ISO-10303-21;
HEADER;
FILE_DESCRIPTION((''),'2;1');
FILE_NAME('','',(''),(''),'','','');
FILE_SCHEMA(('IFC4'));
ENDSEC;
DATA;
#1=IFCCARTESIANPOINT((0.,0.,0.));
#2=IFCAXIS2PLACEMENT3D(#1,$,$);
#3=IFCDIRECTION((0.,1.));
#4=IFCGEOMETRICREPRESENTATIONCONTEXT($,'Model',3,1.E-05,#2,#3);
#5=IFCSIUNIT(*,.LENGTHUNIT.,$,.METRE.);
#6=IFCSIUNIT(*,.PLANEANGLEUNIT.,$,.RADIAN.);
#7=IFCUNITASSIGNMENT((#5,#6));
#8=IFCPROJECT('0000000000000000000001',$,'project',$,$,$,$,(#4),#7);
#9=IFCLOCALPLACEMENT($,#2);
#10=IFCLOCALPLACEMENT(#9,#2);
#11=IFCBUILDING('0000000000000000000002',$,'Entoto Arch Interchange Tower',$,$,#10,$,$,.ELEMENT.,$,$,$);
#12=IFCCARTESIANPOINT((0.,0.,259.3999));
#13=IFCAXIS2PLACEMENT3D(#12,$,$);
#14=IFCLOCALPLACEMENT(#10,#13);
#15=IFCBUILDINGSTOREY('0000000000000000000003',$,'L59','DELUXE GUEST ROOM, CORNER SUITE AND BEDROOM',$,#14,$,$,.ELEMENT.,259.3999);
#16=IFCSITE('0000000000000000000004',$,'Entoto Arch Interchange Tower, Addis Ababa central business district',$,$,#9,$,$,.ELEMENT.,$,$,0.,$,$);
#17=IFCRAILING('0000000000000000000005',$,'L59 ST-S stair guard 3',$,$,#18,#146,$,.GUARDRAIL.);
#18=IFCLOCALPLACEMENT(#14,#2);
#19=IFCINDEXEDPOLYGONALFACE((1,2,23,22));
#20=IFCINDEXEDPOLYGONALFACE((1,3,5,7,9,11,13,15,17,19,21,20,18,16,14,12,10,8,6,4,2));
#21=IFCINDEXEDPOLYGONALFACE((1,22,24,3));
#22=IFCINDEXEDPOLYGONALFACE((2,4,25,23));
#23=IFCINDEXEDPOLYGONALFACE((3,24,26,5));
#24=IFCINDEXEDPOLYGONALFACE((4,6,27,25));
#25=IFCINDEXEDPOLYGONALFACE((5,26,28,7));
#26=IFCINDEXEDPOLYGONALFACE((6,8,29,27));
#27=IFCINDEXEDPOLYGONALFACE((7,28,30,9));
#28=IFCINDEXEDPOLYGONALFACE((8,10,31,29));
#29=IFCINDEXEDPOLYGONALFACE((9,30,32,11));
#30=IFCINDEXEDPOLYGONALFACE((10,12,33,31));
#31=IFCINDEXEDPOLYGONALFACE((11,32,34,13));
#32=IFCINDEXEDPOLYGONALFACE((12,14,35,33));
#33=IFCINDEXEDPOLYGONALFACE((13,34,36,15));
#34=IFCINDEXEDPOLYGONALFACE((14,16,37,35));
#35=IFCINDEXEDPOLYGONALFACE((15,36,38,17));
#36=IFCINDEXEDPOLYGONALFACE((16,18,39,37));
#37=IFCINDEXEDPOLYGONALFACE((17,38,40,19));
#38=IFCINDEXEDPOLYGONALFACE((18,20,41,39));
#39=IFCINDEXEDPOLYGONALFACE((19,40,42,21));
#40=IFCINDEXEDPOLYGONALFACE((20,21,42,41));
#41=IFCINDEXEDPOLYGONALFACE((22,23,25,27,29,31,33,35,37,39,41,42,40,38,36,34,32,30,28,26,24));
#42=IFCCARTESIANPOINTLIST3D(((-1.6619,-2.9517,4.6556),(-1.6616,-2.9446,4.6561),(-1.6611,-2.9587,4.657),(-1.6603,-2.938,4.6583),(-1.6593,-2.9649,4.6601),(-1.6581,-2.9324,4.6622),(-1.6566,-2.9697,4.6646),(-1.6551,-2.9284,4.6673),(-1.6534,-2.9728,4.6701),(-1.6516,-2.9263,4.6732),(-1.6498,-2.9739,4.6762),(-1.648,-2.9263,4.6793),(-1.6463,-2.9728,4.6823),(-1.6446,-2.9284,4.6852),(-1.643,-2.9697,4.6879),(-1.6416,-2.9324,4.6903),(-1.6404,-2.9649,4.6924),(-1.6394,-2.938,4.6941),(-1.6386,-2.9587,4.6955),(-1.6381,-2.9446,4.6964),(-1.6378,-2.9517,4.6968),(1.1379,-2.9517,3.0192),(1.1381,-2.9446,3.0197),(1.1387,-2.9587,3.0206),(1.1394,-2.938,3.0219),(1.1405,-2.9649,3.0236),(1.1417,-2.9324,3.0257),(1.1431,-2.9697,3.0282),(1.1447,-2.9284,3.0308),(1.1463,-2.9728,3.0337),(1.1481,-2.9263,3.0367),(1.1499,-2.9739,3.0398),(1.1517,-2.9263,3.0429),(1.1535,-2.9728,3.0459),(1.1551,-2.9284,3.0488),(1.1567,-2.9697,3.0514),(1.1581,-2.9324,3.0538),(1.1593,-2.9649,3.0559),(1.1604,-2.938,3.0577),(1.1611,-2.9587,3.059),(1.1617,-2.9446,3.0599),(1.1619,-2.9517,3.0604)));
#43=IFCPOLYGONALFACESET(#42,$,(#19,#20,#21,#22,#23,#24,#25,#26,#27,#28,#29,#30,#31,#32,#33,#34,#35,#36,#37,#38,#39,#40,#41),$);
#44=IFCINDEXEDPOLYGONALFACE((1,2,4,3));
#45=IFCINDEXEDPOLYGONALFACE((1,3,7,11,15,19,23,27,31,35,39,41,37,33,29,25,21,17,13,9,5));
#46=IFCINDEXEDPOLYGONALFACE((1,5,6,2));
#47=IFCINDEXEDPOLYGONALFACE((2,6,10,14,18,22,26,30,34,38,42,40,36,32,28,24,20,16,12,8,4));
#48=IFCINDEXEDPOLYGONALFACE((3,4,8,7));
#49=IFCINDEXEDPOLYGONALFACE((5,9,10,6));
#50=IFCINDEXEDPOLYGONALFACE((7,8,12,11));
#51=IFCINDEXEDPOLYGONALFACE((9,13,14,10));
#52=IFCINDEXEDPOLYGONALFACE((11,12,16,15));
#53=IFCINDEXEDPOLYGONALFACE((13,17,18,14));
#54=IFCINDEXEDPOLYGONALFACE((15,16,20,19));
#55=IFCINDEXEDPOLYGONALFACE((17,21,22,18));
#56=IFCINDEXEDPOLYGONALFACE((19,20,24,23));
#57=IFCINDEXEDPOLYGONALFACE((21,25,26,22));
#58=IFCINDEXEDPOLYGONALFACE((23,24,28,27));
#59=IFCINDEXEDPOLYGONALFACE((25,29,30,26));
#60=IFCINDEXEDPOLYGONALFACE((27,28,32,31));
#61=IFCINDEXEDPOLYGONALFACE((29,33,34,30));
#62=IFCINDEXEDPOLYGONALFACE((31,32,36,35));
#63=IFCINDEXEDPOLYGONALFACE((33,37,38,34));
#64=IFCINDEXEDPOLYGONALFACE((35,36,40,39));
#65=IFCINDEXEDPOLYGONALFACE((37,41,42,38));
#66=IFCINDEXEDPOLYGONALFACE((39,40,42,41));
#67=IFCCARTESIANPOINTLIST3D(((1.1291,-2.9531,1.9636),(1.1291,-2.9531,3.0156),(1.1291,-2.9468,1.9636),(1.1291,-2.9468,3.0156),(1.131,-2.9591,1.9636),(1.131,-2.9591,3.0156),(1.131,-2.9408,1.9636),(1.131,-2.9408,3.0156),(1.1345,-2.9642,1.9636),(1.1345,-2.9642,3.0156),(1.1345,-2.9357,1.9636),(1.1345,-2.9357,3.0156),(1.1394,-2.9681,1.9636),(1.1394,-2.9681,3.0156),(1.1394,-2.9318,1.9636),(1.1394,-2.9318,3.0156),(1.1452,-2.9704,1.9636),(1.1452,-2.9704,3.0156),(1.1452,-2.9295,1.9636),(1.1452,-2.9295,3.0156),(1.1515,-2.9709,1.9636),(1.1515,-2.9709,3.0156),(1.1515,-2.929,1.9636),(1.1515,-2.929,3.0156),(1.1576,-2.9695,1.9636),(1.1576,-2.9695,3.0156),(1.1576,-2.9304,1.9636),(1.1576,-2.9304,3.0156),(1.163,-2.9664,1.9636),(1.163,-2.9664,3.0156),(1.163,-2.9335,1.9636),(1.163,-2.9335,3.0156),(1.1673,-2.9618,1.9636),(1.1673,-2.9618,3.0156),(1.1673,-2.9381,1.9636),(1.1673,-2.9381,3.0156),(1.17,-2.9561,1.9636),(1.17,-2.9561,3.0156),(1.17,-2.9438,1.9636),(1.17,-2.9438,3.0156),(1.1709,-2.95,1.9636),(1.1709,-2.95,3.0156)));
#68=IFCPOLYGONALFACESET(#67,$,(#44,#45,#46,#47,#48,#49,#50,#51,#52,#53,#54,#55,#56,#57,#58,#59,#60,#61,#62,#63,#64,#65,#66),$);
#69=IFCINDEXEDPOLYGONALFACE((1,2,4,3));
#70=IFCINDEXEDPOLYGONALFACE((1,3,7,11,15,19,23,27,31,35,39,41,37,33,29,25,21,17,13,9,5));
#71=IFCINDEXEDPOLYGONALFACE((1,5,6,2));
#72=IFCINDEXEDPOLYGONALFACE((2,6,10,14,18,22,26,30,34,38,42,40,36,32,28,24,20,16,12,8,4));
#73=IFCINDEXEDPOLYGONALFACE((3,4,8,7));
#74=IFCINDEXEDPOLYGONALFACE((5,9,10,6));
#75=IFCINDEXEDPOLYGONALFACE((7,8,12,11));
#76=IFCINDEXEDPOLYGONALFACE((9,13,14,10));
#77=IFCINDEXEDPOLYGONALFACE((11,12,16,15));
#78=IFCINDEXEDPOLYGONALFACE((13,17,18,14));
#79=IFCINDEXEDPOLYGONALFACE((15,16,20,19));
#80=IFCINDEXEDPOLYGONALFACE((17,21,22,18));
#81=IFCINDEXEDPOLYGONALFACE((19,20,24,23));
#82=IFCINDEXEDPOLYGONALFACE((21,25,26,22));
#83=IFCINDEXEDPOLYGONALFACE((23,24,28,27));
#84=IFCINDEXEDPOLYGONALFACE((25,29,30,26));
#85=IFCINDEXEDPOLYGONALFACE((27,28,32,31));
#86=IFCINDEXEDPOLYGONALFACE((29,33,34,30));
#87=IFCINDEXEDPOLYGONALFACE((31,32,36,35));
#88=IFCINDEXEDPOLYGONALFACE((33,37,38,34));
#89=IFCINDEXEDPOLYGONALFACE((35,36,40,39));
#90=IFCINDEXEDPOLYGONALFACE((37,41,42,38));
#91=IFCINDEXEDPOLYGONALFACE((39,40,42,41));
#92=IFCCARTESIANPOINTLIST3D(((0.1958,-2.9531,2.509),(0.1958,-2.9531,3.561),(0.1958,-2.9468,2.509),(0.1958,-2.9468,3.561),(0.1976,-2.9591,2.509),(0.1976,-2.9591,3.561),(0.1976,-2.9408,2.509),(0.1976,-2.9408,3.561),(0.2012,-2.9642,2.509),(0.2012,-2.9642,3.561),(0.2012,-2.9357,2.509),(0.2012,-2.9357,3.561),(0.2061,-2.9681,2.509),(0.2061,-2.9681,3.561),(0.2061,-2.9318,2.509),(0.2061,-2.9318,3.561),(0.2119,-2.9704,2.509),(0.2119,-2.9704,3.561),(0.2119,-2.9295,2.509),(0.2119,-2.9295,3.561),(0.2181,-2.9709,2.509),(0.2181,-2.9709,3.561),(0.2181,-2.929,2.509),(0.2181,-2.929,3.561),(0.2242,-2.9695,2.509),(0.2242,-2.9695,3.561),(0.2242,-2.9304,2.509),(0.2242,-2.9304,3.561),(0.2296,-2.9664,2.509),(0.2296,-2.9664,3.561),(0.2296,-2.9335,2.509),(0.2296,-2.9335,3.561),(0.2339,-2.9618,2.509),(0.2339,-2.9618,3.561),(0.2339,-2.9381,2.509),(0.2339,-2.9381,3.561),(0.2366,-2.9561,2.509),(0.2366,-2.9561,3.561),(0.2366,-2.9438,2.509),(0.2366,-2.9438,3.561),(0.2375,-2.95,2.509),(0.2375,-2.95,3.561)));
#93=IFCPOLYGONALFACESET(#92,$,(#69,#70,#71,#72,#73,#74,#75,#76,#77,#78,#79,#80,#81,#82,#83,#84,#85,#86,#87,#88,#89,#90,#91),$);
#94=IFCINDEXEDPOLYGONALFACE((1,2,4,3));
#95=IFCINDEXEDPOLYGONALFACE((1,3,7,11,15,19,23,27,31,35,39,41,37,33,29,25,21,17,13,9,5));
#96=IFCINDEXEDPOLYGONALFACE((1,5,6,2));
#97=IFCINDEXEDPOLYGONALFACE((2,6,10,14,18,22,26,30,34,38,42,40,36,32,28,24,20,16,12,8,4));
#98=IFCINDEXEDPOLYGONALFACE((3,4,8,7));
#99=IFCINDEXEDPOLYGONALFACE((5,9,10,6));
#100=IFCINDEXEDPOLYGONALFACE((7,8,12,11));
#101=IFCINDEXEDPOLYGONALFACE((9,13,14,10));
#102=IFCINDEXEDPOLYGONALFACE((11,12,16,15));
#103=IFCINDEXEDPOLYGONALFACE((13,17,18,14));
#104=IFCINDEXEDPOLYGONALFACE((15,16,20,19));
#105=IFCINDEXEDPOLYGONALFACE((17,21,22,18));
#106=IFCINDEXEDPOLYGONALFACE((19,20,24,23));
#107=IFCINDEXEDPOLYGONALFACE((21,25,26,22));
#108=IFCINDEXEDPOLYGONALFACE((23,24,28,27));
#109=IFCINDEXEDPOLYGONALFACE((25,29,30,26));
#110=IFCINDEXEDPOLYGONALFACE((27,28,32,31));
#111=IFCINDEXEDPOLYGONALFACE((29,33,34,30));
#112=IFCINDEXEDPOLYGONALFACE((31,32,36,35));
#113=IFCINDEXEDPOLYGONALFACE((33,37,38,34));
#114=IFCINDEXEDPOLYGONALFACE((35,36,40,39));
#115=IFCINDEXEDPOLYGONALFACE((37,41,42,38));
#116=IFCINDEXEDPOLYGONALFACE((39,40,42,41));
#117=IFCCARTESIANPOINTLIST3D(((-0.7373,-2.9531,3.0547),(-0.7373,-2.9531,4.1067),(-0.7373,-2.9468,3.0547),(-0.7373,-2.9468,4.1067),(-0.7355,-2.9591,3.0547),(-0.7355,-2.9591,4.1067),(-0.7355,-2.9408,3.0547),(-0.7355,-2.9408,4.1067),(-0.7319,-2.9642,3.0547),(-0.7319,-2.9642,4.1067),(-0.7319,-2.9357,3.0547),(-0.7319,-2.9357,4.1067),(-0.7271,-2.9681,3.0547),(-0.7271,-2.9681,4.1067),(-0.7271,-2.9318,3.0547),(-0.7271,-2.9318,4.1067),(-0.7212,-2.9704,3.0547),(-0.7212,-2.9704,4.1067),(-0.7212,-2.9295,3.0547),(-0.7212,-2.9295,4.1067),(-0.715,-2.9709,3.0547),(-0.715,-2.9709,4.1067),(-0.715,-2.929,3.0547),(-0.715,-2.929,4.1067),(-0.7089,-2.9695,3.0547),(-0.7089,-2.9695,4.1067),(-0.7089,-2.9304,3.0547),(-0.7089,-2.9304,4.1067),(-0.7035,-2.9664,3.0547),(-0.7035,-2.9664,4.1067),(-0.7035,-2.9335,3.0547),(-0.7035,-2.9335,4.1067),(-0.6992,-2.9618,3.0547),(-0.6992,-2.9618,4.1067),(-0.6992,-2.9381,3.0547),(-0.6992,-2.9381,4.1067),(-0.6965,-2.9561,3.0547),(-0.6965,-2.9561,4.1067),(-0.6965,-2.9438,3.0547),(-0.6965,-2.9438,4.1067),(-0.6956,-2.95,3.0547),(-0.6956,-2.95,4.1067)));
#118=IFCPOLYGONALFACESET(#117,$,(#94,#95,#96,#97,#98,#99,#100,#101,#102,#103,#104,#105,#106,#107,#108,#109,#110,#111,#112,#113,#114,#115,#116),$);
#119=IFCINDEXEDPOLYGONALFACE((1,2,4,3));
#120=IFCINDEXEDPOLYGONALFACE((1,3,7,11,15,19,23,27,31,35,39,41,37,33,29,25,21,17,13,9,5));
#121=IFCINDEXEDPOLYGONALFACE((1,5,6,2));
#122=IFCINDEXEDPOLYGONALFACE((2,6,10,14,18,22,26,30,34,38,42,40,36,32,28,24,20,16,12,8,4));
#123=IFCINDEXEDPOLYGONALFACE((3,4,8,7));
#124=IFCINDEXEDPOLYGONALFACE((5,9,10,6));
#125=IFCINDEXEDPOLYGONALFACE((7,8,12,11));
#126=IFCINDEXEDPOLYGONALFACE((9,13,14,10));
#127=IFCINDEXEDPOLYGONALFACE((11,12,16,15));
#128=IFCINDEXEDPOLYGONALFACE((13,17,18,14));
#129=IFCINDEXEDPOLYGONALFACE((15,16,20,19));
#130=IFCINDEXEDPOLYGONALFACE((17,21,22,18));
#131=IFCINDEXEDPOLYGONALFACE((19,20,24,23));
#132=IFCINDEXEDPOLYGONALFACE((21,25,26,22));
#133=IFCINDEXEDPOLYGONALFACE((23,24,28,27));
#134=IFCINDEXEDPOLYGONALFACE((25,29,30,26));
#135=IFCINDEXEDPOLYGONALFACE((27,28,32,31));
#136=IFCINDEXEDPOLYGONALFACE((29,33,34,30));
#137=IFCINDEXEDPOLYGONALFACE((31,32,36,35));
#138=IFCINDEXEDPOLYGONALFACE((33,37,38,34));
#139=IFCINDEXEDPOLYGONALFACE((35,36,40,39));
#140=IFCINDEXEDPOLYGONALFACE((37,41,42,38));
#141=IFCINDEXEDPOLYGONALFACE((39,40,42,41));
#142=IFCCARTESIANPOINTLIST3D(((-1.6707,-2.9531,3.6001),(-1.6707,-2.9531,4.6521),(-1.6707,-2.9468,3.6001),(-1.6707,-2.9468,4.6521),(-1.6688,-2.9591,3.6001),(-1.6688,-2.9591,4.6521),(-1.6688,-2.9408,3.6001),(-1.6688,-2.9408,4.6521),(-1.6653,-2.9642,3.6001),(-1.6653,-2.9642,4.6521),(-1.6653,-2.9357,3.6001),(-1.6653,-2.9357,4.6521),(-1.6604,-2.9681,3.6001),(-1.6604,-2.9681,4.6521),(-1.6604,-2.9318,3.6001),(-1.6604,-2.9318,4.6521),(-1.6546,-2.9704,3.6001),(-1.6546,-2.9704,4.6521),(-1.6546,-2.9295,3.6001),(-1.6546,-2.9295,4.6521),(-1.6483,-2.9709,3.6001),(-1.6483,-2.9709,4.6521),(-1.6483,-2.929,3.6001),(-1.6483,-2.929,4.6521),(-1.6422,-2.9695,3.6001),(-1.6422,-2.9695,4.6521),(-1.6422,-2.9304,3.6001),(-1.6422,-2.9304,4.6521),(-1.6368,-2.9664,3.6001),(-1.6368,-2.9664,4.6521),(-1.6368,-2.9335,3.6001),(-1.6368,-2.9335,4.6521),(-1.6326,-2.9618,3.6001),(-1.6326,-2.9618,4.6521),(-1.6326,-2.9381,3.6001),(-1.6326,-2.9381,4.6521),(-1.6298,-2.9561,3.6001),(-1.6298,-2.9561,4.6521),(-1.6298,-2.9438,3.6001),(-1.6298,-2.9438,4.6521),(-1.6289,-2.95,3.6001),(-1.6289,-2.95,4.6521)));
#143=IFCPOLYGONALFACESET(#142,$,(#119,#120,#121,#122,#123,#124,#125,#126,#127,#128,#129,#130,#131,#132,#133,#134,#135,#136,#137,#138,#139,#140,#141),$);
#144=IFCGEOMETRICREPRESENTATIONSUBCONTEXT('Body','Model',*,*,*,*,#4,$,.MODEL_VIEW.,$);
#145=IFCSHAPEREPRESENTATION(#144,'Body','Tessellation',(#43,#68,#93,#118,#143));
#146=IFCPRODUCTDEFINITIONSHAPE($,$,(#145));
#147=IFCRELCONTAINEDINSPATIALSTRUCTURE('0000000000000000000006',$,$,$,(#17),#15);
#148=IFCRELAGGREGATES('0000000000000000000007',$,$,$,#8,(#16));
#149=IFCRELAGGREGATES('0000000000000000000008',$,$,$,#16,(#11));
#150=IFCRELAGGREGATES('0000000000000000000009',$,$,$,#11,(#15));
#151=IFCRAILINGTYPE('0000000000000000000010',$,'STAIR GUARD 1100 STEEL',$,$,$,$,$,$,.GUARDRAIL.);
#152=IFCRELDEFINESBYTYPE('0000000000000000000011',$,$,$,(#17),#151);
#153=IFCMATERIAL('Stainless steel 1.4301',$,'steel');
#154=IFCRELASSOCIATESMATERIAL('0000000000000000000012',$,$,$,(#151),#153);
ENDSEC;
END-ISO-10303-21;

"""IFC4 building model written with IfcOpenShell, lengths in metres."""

from ifc_helpers import new_model, si_unit, direction, frame, origin, origin_2d, place, context, subcontext, project, spatial, circle, extrude, material, type_object, element, save


model = new_model("IFC4")

# Units and contexts
model_context = context("Model", 3, precision=1e-05, world=origin(), true_north=direction((0.0, 1.0)))
body_context = subcontext(model_context, "Body", "Model", "MODEL_VIEW")
ifc_project = project(units=[si_unit("LENGTHUNIT", "METRE"), si_unit("PLANEANGLEUNIT", "RADIAN")], contexts=[model_context])

# Site, building, storey
site_placement = place(None, origin())
site = spatial("IfcSite", under=ifc_project, at=site_placement, Name="Entoto Arch Interchange Tower, Addis Ababa central business district", CompositionType="ELEMENT", RefElevation=0.0)
building_placement = place(site_placement, origin())
building = spatial("IfcBuilding", under=site, at=building_placement, Name="Entoto Arch Interchange Tower", CompositionType="ELEMENT")
storey_placement = place(building_placement, frame((0.0, 0.0, 259.3999)))
storey = spatial("IfcBuildingStorey", under=building, at=storey_placement, Name="L59", Description="DELUXE GUEST ROOM, CORNER SUITE AND BEDROOM", CompositionType="ELEMENT", Elevation=259.3999)

# Railing
ifc_material_1 = material(Name="Stainless steel 1.4301", Category="steel")
railing_type_1 = type_object("IfcRailingType", Name="STAIR GUARD 1100 STEEL", PredefinedType="GUARDRAIL", material=ifc_material_1)
railing_1_placement = place(storey_placement, frame((1.1499, -2.95, 1.9636)))
element("IfcRailing", 1, at=railing_1_placement, inside=storey, type_object=railing_type_1, Name="L59 ST-S stair guard 3", PredefinedType="GUARDRAIL", context=body_context, shape_type="SweptSolid", body=[
    extrude(circle(Radius=0.0239, at=origin_2d()), frame((0.0, 0.0, 1.0762), z_axis=(-0.863342, 0.0, 0.50462), x_axis=(0.0, -1.0, 0.0)), (0.0, 0.0, 1.0), 3.2429),
    extrude(circle(Radius=0.021, at=origin_2d()), origin(), (0.0, 0.0, 1.0), 1.052),
    extrude(circle(Radius=0.021, at=origin_2d()), frame((-0.9333, 0.0, 0.5454)), (0.0, 0.0, 1.0), 1.052),
    extrude(circle(Radius=0.021, at=origin_2d()), frame((-1.8665, 0.0, 1.0911)), (0.0, 0.0, 1.0), 1.052),
    extrude(circle(Radius=0.021, at=origin_2d()), frame((-2.7998, 0.0, 1.6365)), (0.0, 0.0, 1.0), 1.052),
])

save(model, "model.ifc")
